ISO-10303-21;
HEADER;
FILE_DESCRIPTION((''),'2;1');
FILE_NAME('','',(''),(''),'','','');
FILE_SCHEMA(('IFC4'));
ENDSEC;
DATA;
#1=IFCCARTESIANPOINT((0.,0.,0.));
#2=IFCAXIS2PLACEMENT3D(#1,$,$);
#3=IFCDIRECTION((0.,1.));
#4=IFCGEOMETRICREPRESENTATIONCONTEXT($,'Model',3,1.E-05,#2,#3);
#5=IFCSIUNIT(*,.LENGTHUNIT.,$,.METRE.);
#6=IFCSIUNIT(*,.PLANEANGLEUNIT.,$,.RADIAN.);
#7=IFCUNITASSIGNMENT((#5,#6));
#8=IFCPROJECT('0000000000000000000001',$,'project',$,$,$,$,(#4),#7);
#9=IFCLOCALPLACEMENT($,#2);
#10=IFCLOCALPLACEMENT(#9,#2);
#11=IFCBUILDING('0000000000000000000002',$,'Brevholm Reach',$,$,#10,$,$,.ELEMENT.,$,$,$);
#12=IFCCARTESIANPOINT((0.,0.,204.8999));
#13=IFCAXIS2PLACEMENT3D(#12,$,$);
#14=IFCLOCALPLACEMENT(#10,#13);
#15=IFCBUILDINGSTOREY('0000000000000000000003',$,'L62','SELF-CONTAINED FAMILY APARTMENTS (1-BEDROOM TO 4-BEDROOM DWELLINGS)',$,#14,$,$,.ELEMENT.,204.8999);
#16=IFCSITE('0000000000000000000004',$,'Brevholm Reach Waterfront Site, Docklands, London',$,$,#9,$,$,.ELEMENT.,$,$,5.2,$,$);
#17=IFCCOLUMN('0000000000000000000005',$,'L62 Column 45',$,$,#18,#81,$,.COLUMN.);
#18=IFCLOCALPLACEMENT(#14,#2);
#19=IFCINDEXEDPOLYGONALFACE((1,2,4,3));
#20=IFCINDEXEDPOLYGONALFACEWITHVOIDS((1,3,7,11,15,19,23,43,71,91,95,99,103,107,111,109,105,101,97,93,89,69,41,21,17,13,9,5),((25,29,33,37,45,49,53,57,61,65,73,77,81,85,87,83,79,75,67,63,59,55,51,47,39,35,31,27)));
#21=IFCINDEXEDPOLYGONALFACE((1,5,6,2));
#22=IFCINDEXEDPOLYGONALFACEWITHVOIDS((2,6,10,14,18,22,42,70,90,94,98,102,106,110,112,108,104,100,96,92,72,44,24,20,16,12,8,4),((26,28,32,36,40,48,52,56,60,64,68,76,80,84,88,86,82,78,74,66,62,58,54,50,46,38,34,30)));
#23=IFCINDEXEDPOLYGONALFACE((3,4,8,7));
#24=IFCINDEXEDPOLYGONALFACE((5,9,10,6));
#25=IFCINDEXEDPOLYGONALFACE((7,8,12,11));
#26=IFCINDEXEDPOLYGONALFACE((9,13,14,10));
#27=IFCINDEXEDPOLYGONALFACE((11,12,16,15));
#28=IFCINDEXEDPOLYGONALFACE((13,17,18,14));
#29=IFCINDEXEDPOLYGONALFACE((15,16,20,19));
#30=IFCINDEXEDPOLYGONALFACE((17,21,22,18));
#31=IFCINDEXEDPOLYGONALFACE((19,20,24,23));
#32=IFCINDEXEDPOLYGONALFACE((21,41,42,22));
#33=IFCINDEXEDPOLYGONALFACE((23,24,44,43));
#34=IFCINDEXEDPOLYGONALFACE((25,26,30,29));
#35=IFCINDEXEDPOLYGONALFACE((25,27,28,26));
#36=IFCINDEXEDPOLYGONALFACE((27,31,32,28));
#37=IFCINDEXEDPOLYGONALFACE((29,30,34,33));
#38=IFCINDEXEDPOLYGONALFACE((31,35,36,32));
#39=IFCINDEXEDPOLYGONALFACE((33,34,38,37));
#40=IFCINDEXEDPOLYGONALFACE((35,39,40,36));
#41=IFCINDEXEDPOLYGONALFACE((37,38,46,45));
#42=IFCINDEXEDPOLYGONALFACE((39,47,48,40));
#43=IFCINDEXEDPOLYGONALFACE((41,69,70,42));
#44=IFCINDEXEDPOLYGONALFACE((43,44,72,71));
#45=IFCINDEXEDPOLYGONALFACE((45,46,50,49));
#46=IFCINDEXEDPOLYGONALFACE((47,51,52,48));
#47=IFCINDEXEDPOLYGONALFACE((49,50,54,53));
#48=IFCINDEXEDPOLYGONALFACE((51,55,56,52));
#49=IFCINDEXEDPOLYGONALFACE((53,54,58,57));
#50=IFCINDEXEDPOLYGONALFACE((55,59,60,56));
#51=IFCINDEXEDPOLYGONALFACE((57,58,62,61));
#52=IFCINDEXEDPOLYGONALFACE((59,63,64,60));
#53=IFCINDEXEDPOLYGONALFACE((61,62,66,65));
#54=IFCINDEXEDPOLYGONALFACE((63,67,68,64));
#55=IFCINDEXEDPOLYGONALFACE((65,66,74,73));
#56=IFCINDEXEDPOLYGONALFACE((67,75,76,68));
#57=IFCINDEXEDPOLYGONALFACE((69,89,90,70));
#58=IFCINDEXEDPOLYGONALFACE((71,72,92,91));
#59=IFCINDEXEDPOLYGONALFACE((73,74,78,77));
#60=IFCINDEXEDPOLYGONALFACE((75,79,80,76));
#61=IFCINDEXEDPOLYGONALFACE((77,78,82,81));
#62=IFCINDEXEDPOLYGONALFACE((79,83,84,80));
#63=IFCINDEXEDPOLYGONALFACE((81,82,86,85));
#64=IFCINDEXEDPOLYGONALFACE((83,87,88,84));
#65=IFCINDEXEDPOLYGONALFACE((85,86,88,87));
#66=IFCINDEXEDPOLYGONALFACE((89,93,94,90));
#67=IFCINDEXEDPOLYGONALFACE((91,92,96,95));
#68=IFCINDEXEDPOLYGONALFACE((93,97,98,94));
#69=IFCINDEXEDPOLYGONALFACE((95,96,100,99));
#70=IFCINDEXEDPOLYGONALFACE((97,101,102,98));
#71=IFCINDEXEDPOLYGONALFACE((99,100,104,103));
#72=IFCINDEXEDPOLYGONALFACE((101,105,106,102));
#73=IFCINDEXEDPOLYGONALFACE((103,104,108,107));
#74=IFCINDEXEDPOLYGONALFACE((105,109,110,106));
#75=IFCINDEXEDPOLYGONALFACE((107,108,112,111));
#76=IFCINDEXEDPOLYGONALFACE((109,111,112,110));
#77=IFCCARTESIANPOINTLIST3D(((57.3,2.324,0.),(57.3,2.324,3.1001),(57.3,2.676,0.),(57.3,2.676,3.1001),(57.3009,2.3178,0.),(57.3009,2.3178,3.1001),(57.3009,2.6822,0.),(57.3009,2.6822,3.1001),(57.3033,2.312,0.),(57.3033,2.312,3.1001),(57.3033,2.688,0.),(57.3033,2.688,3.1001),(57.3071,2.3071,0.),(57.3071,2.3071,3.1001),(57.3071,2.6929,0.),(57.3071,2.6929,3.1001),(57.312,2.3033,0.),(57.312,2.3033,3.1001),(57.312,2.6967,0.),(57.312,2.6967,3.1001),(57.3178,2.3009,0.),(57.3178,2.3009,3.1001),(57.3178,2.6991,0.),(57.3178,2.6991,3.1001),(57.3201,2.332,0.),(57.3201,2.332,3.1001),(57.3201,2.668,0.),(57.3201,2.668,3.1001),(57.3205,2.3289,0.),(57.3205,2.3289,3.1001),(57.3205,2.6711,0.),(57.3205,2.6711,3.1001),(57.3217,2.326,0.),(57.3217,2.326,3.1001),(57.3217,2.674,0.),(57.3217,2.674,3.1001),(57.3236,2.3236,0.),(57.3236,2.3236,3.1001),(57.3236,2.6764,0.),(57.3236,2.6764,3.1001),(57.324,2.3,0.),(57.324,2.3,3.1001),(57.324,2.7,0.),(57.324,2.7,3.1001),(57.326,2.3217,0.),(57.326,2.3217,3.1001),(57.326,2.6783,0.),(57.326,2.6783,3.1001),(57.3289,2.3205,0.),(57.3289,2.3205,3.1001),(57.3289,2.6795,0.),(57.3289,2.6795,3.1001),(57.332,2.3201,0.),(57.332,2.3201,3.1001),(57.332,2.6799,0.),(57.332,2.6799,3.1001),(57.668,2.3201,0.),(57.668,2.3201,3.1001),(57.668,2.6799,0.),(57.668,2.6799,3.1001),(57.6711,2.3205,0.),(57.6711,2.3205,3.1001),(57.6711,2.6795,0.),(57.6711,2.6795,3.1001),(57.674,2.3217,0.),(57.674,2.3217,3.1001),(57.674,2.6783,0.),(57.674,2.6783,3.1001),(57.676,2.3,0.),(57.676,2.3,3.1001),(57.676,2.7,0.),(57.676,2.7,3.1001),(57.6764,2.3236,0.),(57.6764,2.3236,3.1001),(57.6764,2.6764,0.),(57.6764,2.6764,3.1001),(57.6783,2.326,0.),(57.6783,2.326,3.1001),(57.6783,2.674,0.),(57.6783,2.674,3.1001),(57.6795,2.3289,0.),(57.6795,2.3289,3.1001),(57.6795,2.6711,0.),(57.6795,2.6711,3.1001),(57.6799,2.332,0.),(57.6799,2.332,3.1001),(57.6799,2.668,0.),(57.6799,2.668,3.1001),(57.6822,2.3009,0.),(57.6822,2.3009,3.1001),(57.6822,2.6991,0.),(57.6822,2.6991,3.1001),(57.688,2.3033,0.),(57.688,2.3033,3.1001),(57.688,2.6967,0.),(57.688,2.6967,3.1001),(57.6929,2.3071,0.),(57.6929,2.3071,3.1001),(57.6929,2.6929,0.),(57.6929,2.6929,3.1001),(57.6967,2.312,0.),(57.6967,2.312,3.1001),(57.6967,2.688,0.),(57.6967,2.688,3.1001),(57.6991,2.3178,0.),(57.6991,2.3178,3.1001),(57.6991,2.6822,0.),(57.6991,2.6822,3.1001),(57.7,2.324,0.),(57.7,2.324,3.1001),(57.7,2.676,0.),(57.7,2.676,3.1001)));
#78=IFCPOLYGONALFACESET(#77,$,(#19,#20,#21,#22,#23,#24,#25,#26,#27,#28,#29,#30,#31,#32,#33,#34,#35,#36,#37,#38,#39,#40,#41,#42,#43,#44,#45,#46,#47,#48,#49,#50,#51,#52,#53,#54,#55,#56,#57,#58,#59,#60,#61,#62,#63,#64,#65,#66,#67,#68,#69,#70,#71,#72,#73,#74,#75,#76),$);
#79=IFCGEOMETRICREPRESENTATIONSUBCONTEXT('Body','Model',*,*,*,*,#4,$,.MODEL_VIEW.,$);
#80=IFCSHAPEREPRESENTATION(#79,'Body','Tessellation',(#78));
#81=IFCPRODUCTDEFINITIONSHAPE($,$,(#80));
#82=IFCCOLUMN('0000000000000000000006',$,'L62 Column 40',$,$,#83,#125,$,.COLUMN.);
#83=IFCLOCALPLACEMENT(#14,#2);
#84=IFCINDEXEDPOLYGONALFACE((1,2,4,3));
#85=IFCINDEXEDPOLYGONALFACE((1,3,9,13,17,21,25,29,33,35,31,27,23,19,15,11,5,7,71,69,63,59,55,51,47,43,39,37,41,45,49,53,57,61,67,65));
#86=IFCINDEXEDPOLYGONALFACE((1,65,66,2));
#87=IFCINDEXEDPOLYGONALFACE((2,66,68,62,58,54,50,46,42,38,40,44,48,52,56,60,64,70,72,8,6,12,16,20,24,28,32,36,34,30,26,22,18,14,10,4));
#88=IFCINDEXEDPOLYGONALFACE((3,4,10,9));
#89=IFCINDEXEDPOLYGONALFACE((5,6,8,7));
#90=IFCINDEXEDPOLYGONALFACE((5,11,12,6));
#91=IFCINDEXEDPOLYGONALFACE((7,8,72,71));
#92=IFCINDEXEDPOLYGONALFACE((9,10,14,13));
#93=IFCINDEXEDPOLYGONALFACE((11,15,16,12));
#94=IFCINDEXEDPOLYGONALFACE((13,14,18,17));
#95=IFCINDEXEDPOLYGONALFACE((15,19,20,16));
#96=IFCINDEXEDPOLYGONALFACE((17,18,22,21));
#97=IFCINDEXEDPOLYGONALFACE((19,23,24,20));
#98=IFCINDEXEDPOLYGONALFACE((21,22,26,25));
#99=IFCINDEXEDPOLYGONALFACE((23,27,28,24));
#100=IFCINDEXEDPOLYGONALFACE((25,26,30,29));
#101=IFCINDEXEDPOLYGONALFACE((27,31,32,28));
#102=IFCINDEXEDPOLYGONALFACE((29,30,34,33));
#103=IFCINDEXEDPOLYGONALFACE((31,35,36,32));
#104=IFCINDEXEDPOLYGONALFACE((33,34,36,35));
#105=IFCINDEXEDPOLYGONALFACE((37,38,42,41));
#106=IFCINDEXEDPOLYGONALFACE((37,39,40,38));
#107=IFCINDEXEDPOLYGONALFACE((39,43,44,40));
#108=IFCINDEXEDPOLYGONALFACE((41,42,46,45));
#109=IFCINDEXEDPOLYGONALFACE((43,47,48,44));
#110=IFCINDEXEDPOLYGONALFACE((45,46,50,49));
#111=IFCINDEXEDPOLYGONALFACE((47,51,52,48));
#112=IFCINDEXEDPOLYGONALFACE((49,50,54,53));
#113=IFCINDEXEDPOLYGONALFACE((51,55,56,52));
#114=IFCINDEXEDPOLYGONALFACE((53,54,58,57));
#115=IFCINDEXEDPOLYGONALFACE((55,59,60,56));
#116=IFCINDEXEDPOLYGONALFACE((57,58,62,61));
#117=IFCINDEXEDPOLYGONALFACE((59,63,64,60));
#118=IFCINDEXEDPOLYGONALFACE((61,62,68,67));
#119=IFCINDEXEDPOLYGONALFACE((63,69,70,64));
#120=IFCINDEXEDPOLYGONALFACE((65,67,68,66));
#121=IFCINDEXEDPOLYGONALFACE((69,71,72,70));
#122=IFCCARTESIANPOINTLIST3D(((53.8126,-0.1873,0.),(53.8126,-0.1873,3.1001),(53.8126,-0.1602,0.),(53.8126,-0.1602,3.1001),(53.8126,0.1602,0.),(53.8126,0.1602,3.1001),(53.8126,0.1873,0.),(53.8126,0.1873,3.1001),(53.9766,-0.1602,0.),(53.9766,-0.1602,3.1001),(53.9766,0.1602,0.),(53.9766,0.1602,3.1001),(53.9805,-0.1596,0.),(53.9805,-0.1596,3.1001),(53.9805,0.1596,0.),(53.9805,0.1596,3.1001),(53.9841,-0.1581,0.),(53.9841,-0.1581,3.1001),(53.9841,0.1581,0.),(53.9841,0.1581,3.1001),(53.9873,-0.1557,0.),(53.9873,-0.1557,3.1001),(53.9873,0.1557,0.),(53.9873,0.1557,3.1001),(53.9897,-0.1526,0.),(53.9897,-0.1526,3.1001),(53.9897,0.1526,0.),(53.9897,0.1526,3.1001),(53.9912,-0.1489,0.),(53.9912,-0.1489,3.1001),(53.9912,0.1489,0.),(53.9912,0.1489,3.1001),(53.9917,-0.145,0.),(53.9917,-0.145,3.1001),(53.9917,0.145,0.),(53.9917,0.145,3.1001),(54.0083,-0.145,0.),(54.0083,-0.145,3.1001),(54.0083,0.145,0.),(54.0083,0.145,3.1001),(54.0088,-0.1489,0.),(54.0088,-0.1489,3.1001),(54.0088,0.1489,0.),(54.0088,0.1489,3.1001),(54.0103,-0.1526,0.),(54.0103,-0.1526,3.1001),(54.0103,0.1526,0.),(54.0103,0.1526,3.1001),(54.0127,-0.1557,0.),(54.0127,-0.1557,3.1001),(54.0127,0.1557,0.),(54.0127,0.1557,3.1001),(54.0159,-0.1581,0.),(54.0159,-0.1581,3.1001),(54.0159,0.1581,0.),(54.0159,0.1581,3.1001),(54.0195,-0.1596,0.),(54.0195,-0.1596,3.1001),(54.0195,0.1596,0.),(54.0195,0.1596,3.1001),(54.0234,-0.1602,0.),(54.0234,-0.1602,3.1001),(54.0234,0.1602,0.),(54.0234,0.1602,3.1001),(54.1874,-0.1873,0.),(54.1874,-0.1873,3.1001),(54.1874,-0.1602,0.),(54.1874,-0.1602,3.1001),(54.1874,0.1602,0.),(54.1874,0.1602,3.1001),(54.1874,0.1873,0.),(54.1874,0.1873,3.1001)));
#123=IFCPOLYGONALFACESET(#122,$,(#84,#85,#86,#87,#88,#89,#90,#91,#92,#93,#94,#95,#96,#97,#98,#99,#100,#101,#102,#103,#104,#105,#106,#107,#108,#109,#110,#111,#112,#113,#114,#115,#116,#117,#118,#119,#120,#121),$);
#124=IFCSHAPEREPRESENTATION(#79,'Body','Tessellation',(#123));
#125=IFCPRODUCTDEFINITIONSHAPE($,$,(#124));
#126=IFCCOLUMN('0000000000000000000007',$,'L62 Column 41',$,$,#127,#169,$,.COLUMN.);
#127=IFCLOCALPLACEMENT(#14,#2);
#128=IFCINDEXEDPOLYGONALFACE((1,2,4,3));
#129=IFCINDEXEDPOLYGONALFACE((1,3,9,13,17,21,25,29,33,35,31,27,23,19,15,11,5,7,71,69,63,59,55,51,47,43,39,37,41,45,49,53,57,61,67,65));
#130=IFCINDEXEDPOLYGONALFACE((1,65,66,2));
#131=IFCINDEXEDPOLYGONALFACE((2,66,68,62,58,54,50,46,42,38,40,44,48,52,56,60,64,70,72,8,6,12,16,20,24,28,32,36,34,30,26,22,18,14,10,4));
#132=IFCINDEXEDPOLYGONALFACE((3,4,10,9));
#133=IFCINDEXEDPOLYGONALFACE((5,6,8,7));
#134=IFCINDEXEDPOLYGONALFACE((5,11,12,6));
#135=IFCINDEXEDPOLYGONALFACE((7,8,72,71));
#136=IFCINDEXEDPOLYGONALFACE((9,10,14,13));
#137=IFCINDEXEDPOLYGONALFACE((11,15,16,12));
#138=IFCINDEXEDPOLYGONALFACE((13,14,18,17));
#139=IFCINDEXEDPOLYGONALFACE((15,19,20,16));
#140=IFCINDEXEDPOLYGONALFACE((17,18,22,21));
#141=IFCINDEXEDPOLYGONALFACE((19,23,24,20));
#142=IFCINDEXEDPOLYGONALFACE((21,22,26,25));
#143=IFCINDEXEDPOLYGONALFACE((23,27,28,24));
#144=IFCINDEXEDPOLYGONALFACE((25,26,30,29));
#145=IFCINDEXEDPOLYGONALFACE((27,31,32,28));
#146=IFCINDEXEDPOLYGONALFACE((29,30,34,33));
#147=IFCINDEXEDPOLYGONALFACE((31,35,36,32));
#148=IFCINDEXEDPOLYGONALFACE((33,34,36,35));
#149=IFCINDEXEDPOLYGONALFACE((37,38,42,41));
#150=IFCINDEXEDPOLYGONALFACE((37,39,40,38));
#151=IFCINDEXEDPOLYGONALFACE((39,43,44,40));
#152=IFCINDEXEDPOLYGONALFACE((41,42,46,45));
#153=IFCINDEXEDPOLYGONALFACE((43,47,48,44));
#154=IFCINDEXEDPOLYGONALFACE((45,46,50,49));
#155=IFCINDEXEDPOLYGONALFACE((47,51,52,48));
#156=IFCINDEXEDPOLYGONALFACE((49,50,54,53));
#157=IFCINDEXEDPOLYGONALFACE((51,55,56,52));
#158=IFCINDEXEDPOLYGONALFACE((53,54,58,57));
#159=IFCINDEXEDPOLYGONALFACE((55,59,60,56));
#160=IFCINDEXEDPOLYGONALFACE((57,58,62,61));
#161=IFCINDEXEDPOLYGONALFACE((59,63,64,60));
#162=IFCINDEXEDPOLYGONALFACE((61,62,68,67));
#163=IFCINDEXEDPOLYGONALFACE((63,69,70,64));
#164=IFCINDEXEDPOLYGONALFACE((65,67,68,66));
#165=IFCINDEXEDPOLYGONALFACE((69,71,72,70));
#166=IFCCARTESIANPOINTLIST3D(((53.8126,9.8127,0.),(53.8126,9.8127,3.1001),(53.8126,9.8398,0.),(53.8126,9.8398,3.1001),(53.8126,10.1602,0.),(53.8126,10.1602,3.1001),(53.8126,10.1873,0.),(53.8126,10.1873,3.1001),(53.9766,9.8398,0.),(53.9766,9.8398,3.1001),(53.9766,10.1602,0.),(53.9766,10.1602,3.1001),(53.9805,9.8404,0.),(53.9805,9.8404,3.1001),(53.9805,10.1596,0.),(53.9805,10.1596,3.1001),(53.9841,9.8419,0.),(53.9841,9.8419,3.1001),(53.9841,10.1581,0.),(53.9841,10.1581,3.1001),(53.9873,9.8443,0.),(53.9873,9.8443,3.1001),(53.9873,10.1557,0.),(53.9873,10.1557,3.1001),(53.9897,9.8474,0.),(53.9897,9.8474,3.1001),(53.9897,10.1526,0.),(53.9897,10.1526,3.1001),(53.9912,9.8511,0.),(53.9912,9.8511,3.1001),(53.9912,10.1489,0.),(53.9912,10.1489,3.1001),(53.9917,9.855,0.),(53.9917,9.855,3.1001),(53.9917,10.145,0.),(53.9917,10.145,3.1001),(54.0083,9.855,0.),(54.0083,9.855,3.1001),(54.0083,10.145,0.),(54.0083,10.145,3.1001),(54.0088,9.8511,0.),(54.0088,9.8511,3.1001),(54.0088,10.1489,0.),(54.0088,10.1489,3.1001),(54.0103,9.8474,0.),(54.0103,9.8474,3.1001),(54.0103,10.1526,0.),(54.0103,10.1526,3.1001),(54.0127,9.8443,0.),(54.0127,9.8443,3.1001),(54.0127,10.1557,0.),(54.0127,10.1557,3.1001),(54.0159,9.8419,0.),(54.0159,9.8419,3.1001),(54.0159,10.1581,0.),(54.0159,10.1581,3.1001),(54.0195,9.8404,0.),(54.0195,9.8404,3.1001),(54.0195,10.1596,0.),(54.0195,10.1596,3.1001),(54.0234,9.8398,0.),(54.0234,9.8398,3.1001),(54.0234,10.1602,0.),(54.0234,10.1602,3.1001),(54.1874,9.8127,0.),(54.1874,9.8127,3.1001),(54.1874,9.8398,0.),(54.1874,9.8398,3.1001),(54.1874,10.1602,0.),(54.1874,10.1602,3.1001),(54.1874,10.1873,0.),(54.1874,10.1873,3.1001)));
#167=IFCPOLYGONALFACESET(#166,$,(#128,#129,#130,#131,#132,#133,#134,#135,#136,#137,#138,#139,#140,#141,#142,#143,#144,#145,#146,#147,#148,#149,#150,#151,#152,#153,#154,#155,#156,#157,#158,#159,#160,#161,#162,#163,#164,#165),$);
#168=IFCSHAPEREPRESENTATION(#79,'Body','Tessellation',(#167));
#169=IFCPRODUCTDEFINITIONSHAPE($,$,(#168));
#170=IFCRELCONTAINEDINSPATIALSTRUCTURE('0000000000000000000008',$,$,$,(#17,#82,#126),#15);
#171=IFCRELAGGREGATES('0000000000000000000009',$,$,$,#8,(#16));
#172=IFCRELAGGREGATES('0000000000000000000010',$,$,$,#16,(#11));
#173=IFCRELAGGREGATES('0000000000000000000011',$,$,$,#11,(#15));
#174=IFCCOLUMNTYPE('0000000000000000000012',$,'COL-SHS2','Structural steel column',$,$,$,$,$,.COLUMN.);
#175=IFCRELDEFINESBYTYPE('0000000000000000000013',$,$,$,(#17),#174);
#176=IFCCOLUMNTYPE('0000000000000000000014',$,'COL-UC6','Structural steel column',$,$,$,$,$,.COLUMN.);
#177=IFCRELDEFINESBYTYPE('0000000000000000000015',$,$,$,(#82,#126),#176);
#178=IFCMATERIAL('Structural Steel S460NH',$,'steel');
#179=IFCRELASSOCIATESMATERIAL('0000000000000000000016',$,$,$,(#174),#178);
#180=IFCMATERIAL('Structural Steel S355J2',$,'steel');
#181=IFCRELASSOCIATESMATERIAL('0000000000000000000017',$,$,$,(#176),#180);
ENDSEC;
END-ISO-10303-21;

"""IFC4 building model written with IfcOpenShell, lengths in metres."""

from ifc_helpers import new_model, si_unit, direction, frame, origin, origin_2d, place, context, subcontext, project, spatial, hollow_rectangle, i_section, extrude, material, material_profile, profile_set, type_object, element, save


model = new_model("IFC4")

# Units and contexts
model_context = context("Model", 3, precision=1e-05, world=origin(), true_north=direction((0.0, 1.0)))
body_context = subcontext(model_context, "Body", "Model", "MODEL_VIEW")
ifc_project = project(units=[si_unit("LENGTHUNIT", "METRE"), si_unit("PLANEANGLEUNIT", "RADIAN")], contexts=[model_context])

# Site, building, storey
site_placement = place(None, origin())
site = spatial("IfcSite", under=ifc_project, at=site_placement, Name="Brevholm Reach Waterfront Site, Docklands, London", CompositionType="ELEMENT", RefElevation=5.2)
building_placement = place(site_placement, origin())
building = spatial("IfcBuilding", under=site, at=building_placement, Name="Brevholm Reach", CompositionType="ELEMENT")
storey_placement = place(building_placement, frame((0.0, 0.0, 204.8999)))
storey = spatial("IfcBuildingStorey", under=building, at=storey_placement, Name="L62", Description="SELF-CONTAINED FAMILY APARTMENTS (1-BEDROOM TO 4-BEDROOM DWELLINGS)", CompositionType="ELEMENT", Elevation=204.8999)

# Columns
ifc_material_1 = material(Name="Structural Steel S460NH", Category="steel")
ifc_material_profile_1 = material_profile(ifc_material_1, hollow_rectangle(XDim=0.3999, YDim=0.3999, WallThickness=0.02, InnerFilletRadius=0.012, OuterFilletRadius=0.0239, at=origin_2d()), Name="SHS 400x400x20")
ifc_profile_set_1 = profile_set([ifc_material_profile_1], Name="Structural Steel S460NH")
column_type_1 = type_object("IfcColumnType", Name="COL-SHS2", Description="Structural steel column", PredefinedType="COLUMN", material=ifc_profile_set_1)
column_placement = place(storey_placement, frame((57.5, 2.5, 0.0), z_axis=(0.0, 0.0, 1.0), x_axis=(1.0, 0.0, 0.0)))
element("IfcColumn", 1, at=column_placement, inside=storey, type_object=column_type_1, Name="L62 Column 45", PredefinedType="COLUMN", context=body_context, shape_type="SweptSolid", body=[
    extrude(hollow_rectangle(XDim=0.3999, YDim=0.3999, WallThickness=0.02, InnerFilletRadius=0.012, OuterFilletRadius=0.0239, at=origin_2d()), origin(), (0.0, 0.0, 1.0), 3.1001),
])
ifc_material_2 = material(Name="Structural Steel S355J2", Category="steel")
ifc_material_profile_2 = material_profile(ifc_material_2, i_section(OverallWidth=0.3748, OverallDepth=0.3745, WebThickness=0.0166, FlangeThickness=0.0271, FilletRadius=0.0151, at=origin_2d()), Name="UKC 356x368x202")
ifc_profile_set_2 = profile_set([ifc_material_profile_2], Name="Structural Steel S355J2")
column_type_2 = type_object("IfcColumnType", Name="COL-UC6", Description="Structural steel column", PredefinedType="COLUMN", material=ifc_profile_set_2)
for number, where, z_axis, x_axis, name in (
    (2, (54.0, 0.0, 0.0), (0.0, 0.0, 1.0), (1.0, 0.0, 0.0), "L62 Column 40"),
    (3, (54.0, 10.0, 0.0), (0.0, 0.0, 1.0), (1.0, 0.0, 0.0), "L62 Column 41"),
):
    element("IfcColumn", number, at=place(storey_placement, frame(where, z_axis=z_axis, x_axis=x_axis)), inside=storey, type_object=column_type_2, Name=name, PredefinedType="COLUMN", context=body_context, shape_type="SweptSolid", body=[
        extrude(i_section(OverallWidth=0.3748, OverallDepth=0.3745, WebThickness=0.0166, FlangeThickness=0.0271, FilletRadius=0.0151, at=origin_2d()), origin(), (0.0, 0.0, 1.0), 3.1001),
    ])

save(model, "model.ifc")
